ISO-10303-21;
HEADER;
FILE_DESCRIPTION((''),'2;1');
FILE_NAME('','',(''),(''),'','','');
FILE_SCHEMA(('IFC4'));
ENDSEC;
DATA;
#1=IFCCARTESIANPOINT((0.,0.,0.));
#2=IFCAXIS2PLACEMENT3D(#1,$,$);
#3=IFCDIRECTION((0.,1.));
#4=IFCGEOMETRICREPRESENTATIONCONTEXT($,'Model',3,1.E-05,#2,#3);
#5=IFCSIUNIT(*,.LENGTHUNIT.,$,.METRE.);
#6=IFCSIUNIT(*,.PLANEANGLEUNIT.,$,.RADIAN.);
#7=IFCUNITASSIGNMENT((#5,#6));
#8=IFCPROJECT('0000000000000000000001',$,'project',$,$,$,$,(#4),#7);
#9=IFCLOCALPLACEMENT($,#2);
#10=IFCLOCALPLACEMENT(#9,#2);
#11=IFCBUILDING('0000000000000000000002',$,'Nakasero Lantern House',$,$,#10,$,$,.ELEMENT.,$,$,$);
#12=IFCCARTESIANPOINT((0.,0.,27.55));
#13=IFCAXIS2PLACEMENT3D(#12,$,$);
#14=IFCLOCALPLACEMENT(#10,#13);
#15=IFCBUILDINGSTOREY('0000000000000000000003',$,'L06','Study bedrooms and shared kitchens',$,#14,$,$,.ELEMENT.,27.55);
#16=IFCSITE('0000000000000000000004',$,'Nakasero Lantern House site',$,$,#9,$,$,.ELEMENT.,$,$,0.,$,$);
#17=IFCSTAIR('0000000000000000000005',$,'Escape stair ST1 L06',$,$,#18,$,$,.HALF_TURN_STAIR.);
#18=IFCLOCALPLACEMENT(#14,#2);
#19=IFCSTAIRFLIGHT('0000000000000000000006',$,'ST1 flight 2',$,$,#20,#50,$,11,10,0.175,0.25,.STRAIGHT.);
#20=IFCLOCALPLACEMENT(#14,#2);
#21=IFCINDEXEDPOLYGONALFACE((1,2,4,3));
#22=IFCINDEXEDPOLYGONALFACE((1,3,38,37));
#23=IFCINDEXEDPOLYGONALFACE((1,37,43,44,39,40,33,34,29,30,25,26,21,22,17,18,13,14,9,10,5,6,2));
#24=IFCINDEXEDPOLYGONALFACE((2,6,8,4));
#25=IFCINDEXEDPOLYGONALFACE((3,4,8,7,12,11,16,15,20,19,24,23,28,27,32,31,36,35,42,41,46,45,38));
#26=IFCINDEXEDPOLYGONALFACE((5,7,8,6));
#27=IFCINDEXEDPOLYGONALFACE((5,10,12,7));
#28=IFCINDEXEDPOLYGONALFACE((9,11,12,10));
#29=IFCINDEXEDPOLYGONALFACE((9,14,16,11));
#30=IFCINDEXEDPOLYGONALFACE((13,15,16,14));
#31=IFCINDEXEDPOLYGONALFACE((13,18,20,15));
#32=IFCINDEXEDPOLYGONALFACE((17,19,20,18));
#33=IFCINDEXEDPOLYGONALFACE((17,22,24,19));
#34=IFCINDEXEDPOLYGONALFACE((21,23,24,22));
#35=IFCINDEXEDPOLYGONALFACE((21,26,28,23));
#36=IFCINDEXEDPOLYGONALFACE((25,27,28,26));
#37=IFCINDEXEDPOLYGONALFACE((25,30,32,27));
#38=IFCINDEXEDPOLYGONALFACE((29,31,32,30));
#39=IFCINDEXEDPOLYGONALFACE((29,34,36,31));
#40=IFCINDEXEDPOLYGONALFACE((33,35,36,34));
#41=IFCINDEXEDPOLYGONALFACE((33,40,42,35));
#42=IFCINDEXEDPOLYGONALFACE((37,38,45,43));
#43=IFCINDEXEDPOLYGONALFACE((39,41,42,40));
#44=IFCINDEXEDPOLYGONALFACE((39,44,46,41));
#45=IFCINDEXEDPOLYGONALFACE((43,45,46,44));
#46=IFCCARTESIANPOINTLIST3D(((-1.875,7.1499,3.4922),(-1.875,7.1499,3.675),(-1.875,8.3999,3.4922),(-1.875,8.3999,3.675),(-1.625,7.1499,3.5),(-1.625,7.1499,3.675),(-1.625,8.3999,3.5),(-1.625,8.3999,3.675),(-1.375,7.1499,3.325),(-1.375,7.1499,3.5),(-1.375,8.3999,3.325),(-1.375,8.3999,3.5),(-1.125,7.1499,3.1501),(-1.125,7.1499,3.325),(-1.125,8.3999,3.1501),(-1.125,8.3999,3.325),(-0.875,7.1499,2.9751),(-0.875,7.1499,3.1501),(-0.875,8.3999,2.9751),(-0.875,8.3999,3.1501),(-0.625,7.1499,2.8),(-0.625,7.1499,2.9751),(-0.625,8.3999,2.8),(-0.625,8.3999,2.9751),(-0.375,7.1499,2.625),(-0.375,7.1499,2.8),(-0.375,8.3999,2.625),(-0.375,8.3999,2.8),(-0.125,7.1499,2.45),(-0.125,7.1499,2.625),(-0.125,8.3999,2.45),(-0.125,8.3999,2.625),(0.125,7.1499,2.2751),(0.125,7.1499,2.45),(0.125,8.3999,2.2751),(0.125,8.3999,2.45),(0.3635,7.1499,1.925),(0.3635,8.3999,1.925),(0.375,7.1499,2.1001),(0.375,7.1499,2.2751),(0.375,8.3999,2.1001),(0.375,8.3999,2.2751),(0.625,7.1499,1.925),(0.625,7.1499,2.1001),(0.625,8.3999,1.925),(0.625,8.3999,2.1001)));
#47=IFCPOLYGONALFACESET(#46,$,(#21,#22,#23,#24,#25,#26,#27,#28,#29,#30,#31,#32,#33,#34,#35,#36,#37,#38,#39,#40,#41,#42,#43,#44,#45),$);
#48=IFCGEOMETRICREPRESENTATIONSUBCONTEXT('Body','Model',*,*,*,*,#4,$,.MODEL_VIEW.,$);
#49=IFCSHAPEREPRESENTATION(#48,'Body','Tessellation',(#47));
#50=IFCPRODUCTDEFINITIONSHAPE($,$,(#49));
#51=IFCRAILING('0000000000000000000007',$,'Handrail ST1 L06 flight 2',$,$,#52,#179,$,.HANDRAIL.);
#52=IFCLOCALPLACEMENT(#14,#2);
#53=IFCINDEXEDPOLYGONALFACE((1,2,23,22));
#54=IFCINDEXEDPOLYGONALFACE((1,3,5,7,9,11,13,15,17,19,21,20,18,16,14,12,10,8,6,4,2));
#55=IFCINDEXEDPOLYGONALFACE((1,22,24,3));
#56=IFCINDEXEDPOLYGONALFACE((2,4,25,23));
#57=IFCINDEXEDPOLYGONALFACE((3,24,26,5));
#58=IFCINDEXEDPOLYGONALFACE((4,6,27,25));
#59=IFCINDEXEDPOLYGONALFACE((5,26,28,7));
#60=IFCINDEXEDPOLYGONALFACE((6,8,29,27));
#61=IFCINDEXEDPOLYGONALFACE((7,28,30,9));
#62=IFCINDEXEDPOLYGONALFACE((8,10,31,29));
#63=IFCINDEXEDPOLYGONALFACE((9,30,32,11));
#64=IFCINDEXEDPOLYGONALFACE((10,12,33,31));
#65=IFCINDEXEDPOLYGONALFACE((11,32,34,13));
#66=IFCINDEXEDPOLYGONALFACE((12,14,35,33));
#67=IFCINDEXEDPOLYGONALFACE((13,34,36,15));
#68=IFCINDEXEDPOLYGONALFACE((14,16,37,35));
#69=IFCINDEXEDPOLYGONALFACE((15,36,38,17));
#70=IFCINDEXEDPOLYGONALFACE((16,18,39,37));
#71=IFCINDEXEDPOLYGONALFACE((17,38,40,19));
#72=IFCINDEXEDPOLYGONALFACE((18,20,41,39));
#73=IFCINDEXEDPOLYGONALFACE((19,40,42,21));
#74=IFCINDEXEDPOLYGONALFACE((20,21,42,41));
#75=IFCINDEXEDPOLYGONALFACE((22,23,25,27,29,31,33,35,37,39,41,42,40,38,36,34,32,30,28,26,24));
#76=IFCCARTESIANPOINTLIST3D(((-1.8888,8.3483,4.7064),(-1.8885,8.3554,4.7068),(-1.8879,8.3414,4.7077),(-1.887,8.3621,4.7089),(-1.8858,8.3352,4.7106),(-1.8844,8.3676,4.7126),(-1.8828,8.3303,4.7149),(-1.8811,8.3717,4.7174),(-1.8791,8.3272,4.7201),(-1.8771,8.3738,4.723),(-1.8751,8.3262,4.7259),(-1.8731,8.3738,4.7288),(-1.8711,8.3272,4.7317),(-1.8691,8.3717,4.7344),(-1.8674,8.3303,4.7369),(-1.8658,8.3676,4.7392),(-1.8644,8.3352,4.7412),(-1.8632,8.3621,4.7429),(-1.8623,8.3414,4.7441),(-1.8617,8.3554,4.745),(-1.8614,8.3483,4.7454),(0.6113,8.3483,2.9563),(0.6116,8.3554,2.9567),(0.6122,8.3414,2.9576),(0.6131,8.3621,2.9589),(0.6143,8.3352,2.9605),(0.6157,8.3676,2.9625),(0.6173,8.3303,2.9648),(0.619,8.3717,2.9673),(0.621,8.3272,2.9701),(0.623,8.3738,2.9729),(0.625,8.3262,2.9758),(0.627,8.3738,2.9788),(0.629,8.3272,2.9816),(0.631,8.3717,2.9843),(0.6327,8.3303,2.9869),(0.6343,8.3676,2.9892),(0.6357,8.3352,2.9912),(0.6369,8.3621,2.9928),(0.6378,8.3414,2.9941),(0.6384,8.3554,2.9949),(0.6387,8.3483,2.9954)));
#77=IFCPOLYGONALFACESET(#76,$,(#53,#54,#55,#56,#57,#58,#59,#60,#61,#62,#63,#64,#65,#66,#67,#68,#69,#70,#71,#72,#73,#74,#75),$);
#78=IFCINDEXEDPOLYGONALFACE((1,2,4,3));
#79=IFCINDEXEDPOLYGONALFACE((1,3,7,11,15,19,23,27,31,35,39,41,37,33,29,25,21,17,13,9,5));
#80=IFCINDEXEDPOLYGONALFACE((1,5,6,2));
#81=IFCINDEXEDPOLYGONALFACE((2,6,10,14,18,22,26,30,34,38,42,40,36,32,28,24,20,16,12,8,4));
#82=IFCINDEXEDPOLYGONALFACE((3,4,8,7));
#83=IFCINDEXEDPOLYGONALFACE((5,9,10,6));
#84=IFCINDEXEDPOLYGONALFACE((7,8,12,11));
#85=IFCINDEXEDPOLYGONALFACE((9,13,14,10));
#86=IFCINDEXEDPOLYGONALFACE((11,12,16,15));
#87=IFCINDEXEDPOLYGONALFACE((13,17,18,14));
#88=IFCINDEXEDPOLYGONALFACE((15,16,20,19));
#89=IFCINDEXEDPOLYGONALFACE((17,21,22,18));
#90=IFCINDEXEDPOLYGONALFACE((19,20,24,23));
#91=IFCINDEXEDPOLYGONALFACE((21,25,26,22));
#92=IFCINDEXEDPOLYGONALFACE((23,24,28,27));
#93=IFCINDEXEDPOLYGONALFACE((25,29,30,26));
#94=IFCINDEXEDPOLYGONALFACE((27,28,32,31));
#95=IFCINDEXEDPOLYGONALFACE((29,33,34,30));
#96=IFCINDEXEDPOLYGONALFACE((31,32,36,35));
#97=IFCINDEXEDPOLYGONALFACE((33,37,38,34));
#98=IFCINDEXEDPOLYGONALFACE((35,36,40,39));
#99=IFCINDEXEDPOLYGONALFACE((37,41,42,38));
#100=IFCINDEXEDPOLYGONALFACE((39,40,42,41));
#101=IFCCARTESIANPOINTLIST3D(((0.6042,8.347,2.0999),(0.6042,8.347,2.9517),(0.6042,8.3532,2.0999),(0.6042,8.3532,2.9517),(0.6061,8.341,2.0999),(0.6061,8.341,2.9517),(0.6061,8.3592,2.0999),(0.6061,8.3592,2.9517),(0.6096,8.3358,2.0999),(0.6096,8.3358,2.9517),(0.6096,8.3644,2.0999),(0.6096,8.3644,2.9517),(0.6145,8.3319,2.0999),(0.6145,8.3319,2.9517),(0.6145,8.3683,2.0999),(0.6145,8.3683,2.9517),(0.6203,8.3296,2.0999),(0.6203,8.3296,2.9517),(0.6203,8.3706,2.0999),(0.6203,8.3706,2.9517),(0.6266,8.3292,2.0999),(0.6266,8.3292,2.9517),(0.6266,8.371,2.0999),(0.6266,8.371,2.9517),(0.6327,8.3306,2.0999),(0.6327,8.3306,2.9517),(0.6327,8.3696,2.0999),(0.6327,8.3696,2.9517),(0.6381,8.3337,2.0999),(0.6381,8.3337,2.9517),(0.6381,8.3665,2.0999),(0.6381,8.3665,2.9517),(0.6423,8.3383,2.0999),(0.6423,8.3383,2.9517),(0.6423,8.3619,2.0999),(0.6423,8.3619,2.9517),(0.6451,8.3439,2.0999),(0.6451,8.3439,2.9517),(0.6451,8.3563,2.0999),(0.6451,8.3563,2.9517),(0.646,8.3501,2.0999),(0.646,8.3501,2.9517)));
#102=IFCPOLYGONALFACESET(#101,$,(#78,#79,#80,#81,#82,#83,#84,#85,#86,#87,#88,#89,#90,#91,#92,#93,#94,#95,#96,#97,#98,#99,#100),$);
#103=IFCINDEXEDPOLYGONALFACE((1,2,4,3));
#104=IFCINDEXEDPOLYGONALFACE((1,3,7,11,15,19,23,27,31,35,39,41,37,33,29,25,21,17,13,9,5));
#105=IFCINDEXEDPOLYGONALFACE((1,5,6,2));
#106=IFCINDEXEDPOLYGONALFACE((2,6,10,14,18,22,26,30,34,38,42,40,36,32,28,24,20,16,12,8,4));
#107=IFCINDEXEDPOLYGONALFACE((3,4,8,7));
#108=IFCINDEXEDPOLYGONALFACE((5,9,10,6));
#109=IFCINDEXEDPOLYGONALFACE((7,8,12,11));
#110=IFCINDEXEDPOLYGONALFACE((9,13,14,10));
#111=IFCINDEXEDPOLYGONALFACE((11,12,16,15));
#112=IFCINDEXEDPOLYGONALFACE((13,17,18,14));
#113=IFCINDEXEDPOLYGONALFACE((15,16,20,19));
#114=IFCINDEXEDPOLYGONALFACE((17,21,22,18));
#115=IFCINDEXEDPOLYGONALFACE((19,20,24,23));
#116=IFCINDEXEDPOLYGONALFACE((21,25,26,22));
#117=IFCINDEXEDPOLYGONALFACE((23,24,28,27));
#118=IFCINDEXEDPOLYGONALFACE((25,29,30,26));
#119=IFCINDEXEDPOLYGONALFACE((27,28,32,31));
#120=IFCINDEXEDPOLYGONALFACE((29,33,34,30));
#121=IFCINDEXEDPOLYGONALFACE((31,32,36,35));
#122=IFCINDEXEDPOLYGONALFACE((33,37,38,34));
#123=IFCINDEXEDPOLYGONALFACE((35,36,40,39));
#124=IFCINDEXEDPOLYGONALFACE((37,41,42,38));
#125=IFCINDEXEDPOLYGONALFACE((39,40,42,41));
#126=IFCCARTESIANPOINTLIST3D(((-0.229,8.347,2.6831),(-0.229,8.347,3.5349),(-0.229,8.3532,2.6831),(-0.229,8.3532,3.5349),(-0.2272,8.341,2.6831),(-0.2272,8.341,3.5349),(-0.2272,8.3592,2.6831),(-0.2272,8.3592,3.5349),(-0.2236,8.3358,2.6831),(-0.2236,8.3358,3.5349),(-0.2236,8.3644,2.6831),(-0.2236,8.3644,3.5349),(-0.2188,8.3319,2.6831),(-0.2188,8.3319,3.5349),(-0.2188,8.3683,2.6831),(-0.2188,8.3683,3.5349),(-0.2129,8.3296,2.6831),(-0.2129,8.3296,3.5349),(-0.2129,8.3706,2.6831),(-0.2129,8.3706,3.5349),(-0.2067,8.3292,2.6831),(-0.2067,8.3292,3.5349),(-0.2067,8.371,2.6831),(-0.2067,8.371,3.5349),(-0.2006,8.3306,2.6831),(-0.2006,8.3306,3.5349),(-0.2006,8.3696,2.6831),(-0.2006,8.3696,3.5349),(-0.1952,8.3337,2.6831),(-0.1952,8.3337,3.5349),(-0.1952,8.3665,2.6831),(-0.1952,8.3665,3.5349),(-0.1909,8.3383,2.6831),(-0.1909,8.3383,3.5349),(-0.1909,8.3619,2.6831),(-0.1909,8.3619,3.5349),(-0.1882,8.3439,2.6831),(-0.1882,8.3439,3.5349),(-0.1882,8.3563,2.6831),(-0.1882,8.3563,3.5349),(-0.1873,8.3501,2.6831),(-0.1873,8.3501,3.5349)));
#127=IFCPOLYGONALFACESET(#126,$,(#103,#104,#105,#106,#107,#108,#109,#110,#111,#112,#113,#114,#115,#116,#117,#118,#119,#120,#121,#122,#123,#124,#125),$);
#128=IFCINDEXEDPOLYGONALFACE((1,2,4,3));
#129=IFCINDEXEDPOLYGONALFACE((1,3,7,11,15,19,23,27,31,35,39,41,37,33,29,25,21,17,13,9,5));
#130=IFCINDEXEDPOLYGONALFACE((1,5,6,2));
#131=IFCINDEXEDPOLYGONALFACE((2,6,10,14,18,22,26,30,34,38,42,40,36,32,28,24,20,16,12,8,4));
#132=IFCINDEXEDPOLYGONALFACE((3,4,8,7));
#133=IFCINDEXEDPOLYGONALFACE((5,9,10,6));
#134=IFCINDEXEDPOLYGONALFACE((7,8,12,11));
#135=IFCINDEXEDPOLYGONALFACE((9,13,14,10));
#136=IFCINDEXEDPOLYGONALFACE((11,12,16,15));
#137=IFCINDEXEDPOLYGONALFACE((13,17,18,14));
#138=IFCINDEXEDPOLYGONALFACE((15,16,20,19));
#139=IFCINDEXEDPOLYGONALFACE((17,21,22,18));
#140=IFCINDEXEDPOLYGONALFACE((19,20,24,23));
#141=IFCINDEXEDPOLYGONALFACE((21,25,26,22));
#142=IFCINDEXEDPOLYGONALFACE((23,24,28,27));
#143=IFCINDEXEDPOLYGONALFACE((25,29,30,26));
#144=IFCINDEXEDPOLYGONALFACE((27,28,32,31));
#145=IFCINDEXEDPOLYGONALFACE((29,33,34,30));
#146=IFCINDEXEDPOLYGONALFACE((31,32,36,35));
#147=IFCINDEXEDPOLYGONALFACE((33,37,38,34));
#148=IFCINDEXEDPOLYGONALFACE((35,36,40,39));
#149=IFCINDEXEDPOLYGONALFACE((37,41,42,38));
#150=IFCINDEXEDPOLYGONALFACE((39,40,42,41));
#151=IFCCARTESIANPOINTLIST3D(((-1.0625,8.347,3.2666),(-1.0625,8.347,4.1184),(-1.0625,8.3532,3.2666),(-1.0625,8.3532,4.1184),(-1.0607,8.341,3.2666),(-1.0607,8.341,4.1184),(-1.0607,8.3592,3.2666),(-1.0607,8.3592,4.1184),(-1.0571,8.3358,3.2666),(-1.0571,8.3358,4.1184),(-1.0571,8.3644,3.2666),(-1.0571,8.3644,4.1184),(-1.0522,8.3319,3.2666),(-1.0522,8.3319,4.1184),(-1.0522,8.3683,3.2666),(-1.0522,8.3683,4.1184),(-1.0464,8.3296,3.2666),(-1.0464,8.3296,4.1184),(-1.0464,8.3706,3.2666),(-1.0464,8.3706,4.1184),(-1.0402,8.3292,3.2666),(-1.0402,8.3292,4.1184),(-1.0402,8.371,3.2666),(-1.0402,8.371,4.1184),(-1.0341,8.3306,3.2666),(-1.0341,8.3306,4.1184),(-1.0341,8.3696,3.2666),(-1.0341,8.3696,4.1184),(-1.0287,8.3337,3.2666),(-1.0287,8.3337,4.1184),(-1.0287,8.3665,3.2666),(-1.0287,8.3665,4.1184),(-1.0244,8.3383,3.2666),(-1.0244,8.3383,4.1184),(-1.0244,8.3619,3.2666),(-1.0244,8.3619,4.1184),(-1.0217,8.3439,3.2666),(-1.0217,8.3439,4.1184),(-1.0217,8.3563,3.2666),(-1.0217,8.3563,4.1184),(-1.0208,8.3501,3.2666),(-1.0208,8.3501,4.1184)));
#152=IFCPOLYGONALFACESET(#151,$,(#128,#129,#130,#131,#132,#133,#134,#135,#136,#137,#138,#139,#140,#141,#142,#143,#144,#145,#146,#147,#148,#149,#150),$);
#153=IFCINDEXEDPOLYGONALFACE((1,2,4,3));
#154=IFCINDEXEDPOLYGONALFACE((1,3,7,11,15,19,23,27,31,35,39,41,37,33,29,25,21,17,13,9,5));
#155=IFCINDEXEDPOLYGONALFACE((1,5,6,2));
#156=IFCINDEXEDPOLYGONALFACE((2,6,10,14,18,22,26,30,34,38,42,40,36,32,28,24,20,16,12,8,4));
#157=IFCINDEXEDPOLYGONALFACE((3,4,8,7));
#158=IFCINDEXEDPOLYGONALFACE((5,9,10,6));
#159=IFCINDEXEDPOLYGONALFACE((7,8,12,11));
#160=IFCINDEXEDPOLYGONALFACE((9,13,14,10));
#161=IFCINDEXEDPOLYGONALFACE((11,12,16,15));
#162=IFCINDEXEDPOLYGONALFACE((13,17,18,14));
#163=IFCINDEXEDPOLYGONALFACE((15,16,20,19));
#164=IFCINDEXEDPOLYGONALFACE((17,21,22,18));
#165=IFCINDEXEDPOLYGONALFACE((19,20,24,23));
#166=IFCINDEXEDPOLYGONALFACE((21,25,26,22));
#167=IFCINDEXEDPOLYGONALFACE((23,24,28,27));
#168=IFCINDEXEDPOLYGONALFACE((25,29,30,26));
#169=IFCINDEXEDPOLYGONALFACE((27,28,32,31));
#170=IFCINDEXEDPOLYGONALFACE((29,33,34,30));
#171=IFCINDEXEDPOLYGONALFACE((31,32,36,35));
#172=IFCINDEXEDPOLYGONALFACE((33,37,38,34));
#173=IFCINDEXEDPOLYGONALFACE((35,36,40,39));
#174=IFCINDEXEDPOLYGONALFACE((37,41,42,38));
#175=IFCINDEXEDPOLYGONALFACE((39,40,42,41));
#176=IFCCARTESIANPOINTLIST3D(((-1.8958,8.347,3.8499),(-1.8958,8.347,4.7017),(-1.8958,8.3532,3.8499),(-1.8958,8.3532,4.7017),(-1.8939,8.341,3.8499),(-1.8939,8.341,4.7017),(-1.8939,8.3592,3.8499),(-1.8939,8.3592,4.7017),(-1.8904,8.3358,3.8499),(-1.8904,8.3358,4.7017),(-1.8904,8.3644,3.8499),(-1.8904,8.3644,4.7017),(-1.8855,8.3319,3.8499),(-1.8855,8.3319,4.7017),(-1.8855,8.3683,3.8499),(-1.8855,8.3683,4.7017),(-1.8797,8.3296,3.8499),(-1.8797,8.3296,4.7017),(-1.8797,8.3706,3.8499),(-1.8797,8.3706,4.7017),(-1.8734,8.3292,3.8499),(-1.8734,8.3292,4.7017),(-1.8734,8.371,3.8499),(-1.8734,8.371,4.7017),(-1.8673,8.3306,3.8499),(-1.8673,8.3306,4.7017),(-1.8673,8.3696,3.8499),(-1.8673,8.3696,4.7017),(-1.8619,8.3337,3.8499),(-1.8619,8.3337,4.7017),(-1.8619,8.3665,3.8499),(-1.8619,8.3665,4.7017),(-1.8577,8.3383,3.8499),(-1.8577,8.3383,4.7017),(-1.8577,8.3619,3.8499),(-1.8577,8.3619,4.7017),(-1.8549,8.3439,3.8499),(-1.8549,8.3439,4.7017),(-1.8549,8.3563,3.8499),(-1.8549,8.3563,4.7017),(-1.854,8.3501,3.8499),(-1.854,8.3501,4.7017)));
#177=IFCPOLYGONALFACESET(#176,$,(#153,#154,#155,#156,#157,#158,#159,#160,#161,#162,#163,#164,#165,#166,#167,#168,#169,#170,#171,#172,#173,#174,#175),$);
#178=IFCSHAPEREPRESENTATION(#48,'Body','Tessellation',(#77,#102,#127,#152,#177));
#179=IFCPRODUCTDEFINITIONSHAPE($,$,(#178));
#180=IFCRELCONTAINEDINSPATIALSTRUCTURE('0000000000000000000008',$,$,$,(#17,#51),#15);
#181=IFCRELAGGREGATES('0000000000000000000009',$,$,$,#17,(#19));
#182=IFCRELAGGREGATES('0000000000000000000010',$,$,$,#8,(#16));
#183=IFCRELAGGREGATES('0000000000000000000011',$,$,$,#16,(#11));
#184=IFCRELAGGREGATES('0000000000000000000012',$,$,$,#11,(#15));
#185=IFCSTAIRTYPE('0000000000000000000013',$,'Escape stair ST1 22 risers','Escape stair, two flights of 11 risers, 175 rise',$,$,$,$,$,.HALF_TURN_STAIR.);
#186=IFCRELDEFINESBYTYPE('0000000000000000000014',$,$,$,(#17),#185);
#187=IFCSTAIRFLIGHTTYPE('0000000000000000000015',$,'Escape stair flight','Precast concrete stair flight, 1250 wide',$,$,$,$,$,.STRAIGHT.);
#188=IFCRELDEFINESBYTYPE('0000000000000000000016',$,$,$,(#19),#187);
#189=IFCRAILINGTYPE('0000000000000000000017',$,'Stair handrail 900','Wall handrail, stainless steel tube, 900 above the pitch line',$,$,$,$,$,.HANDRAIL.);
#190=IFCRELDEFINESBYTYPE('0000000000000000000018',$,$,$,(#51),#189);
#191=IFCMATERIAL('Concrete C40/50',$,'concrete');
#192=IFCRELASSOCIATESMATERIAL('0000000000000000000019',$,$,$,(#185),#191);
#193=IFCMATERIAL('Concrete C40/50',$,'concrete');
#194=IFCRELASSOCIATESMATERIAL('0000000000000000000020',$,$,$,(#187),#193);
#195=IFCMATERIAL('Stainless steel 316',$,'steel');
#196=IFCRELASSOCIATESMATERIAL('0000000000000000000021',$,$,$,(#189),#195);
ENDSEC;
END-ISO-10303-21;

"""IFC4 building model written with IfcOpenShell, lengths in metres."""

from ifc_helpers import new_model, si_unit, direction, frame, origin, origin_2d, place, context, subcontext, project, spatial, polyline, circle, outline, extrude, material, type_object, element, aggregate, save


model = new_model("IFC4")

# Units and contexts
model_context = context("Model", 3, precision=1e-05, world=origin(), true_north=direction((0.0, 1.0)))
body_context = subcontext(model_context, "Body", "Model", "MODEL_VIEW")
ifc_project = project(units=[si_unit("LENGTHUNIT", "METRE"), si_unit("PLANEANGLEUNIT", "RADIAN")], contexts=[model_context])

# Site, building, storey
site_placement = place(None, origin())
site = spatial("IfcSite", under=ifc_project, at=site_placement, Name="Nakasero Lantern House site", CompositionType="ELEMENT", RefElevation=0.0)
building_placement = place(site_placement, origin())
building = spatial("IfcBuilding", under=site, at=building_placement, Name="Nakasero Lantern House", CompositionType="ELEMENT")
storey_placement = place(building_placement, frame((0.0, 0.0, 27.55)))
storey = spatial("IfcBuildingStorey", under=building, at=storey_placement, Name="L06", Description="Study bedrooms and shared kitchens", CompositionType="ELEMENT", Elevation=27.55)

# Stair
ifc_material_1 = material(Name="Concrete C40/50", Category="concrete")
stair_type_1 = type_object("IfcStairType", Name="Escape stair ST1 22 risers", Description="Escape stair, two flights of 11 risers, 175 rise", PredefinedType="HALF_TURN_STAIR", material=ifc_material_1)
stair_1_placement = place(storey_placement, origin())
stair_1 = element("IfcStair", 1, at=stair_1_placement, inside=storey, type_object=stair_type_1, Name="Escape stair ST1 L06", PredefinedType="HALF_TURN_STAIR")

# Stair flight
ifc_material_2 = material(Name="Concrete C40/50", Category="concrete")
stair_flight_type = type_object("IfcStairFlightType", Name="Escape stair flight", Description="Precast concrete stair flight, 1250 wide", PredefinedType="STRAIGHT", material=ifc_material_2)
stair_flight_placement = place(storey_placement, frame((0.625, 7.7749, 1.925), z_axis=(0.0, 0.0, 1.0), x_axis=(-1.0, 0.0, 0.0)))
stair_flight = element("IfcStairFlight", 2, at=stair_flight_placement, type_object=stair_flight_type, Name="ST1 flight 2", NumberOfRisers=11, NumberOfTreads=10, PredefinedType="STRAIGHT", RiserHeight=0.175, TreadLength=0.25, context=body_context, shape_type="SweptSolid", body=[
    extrude(outline(polyline([(0.0, 0.0), (0.0, 0.175), (0.25, 0.175), (0.25, 0.3501), (0.5, 0.3501), (0.5, 0.5249), (0.75, 0.5249), (0.75, 0.7), (1.0, 0.7), (1.0, 0.875), (1.25, 0.875), (1.25, 1.05), (1.5, 1.05), (1.5, 1.2251), (1.75, 1.2251), (1.75, 1.3999), (2.0, 1.3999), (2.0, 1.575), (2.25, 1.575), (2.25, 1.75), (2.5, 1.75), (2.5, 1.925), (2.5, 1.5671), (0.2615, 0.0), (0.0, 0.0)])), frame((0.0, 0.625, 0.0), z_axis=(0.0, -1.0, 0.0), x_axis=(1.0, 0.0, 0.0)), (0.0, 0.0, 1.0), 1.25),
])
aggregate(stair_1, [stair_flight])

# Railing
ifc_material_3 = material(Name="Stainless steel 316", Category="steel")
railing_type = type_object("IfcRailingType", Name="Stair handrail 900", Description="Wall handrail, stainless steel tube, 900 above the pitch line", PredefinedType="HANDRAIL", material=ifc_material_3)
railing_placement = place(storey_placement, frame((0.625, 8.3501, 2.0999)))
element("IfcRailing", 3, at=railing_placement, inside=storey, type_object=railing_type, Name="Handrail ST1 L06 flight 2", PredefinedType="HANDRAIL", context=body_context, shape_type="SweptSolid", body=[
    extrude(circle(Radius=0.0239, at=origin_2d()), frame((0.0, 0.0, 0.876), z_axis=(-0.819232, 0.0, 0.573462), x_axis=(0.0, -1.0, 0.0)), (0.0, 0.0, 1.0), 3.0518),
    extrude(circle(Radius=0.021, at=origin_2d()), origin(), (0.0, 0.0, 1.0), 0.8518),
    extrude(circle(Radius=0.021, at=origin_2d()), frame((-0.8333, 0.0, 0.5833)), (0.0, 0.0, 1.0), 0.8518),
    extrude(circle(Radius=0.021, at=origin_2d()), frame((-1.6667, 0.0, 1.1667)), (0.0, 0.0, 1.0), 0.8518),
    extrude(circle(Radius=0.021, at=origin_2d()), frame((-2.5, 0.0, 1.75)), (0.0, 0.0, 1.0), 0.8518),
])

save(model, "model.ifc")
